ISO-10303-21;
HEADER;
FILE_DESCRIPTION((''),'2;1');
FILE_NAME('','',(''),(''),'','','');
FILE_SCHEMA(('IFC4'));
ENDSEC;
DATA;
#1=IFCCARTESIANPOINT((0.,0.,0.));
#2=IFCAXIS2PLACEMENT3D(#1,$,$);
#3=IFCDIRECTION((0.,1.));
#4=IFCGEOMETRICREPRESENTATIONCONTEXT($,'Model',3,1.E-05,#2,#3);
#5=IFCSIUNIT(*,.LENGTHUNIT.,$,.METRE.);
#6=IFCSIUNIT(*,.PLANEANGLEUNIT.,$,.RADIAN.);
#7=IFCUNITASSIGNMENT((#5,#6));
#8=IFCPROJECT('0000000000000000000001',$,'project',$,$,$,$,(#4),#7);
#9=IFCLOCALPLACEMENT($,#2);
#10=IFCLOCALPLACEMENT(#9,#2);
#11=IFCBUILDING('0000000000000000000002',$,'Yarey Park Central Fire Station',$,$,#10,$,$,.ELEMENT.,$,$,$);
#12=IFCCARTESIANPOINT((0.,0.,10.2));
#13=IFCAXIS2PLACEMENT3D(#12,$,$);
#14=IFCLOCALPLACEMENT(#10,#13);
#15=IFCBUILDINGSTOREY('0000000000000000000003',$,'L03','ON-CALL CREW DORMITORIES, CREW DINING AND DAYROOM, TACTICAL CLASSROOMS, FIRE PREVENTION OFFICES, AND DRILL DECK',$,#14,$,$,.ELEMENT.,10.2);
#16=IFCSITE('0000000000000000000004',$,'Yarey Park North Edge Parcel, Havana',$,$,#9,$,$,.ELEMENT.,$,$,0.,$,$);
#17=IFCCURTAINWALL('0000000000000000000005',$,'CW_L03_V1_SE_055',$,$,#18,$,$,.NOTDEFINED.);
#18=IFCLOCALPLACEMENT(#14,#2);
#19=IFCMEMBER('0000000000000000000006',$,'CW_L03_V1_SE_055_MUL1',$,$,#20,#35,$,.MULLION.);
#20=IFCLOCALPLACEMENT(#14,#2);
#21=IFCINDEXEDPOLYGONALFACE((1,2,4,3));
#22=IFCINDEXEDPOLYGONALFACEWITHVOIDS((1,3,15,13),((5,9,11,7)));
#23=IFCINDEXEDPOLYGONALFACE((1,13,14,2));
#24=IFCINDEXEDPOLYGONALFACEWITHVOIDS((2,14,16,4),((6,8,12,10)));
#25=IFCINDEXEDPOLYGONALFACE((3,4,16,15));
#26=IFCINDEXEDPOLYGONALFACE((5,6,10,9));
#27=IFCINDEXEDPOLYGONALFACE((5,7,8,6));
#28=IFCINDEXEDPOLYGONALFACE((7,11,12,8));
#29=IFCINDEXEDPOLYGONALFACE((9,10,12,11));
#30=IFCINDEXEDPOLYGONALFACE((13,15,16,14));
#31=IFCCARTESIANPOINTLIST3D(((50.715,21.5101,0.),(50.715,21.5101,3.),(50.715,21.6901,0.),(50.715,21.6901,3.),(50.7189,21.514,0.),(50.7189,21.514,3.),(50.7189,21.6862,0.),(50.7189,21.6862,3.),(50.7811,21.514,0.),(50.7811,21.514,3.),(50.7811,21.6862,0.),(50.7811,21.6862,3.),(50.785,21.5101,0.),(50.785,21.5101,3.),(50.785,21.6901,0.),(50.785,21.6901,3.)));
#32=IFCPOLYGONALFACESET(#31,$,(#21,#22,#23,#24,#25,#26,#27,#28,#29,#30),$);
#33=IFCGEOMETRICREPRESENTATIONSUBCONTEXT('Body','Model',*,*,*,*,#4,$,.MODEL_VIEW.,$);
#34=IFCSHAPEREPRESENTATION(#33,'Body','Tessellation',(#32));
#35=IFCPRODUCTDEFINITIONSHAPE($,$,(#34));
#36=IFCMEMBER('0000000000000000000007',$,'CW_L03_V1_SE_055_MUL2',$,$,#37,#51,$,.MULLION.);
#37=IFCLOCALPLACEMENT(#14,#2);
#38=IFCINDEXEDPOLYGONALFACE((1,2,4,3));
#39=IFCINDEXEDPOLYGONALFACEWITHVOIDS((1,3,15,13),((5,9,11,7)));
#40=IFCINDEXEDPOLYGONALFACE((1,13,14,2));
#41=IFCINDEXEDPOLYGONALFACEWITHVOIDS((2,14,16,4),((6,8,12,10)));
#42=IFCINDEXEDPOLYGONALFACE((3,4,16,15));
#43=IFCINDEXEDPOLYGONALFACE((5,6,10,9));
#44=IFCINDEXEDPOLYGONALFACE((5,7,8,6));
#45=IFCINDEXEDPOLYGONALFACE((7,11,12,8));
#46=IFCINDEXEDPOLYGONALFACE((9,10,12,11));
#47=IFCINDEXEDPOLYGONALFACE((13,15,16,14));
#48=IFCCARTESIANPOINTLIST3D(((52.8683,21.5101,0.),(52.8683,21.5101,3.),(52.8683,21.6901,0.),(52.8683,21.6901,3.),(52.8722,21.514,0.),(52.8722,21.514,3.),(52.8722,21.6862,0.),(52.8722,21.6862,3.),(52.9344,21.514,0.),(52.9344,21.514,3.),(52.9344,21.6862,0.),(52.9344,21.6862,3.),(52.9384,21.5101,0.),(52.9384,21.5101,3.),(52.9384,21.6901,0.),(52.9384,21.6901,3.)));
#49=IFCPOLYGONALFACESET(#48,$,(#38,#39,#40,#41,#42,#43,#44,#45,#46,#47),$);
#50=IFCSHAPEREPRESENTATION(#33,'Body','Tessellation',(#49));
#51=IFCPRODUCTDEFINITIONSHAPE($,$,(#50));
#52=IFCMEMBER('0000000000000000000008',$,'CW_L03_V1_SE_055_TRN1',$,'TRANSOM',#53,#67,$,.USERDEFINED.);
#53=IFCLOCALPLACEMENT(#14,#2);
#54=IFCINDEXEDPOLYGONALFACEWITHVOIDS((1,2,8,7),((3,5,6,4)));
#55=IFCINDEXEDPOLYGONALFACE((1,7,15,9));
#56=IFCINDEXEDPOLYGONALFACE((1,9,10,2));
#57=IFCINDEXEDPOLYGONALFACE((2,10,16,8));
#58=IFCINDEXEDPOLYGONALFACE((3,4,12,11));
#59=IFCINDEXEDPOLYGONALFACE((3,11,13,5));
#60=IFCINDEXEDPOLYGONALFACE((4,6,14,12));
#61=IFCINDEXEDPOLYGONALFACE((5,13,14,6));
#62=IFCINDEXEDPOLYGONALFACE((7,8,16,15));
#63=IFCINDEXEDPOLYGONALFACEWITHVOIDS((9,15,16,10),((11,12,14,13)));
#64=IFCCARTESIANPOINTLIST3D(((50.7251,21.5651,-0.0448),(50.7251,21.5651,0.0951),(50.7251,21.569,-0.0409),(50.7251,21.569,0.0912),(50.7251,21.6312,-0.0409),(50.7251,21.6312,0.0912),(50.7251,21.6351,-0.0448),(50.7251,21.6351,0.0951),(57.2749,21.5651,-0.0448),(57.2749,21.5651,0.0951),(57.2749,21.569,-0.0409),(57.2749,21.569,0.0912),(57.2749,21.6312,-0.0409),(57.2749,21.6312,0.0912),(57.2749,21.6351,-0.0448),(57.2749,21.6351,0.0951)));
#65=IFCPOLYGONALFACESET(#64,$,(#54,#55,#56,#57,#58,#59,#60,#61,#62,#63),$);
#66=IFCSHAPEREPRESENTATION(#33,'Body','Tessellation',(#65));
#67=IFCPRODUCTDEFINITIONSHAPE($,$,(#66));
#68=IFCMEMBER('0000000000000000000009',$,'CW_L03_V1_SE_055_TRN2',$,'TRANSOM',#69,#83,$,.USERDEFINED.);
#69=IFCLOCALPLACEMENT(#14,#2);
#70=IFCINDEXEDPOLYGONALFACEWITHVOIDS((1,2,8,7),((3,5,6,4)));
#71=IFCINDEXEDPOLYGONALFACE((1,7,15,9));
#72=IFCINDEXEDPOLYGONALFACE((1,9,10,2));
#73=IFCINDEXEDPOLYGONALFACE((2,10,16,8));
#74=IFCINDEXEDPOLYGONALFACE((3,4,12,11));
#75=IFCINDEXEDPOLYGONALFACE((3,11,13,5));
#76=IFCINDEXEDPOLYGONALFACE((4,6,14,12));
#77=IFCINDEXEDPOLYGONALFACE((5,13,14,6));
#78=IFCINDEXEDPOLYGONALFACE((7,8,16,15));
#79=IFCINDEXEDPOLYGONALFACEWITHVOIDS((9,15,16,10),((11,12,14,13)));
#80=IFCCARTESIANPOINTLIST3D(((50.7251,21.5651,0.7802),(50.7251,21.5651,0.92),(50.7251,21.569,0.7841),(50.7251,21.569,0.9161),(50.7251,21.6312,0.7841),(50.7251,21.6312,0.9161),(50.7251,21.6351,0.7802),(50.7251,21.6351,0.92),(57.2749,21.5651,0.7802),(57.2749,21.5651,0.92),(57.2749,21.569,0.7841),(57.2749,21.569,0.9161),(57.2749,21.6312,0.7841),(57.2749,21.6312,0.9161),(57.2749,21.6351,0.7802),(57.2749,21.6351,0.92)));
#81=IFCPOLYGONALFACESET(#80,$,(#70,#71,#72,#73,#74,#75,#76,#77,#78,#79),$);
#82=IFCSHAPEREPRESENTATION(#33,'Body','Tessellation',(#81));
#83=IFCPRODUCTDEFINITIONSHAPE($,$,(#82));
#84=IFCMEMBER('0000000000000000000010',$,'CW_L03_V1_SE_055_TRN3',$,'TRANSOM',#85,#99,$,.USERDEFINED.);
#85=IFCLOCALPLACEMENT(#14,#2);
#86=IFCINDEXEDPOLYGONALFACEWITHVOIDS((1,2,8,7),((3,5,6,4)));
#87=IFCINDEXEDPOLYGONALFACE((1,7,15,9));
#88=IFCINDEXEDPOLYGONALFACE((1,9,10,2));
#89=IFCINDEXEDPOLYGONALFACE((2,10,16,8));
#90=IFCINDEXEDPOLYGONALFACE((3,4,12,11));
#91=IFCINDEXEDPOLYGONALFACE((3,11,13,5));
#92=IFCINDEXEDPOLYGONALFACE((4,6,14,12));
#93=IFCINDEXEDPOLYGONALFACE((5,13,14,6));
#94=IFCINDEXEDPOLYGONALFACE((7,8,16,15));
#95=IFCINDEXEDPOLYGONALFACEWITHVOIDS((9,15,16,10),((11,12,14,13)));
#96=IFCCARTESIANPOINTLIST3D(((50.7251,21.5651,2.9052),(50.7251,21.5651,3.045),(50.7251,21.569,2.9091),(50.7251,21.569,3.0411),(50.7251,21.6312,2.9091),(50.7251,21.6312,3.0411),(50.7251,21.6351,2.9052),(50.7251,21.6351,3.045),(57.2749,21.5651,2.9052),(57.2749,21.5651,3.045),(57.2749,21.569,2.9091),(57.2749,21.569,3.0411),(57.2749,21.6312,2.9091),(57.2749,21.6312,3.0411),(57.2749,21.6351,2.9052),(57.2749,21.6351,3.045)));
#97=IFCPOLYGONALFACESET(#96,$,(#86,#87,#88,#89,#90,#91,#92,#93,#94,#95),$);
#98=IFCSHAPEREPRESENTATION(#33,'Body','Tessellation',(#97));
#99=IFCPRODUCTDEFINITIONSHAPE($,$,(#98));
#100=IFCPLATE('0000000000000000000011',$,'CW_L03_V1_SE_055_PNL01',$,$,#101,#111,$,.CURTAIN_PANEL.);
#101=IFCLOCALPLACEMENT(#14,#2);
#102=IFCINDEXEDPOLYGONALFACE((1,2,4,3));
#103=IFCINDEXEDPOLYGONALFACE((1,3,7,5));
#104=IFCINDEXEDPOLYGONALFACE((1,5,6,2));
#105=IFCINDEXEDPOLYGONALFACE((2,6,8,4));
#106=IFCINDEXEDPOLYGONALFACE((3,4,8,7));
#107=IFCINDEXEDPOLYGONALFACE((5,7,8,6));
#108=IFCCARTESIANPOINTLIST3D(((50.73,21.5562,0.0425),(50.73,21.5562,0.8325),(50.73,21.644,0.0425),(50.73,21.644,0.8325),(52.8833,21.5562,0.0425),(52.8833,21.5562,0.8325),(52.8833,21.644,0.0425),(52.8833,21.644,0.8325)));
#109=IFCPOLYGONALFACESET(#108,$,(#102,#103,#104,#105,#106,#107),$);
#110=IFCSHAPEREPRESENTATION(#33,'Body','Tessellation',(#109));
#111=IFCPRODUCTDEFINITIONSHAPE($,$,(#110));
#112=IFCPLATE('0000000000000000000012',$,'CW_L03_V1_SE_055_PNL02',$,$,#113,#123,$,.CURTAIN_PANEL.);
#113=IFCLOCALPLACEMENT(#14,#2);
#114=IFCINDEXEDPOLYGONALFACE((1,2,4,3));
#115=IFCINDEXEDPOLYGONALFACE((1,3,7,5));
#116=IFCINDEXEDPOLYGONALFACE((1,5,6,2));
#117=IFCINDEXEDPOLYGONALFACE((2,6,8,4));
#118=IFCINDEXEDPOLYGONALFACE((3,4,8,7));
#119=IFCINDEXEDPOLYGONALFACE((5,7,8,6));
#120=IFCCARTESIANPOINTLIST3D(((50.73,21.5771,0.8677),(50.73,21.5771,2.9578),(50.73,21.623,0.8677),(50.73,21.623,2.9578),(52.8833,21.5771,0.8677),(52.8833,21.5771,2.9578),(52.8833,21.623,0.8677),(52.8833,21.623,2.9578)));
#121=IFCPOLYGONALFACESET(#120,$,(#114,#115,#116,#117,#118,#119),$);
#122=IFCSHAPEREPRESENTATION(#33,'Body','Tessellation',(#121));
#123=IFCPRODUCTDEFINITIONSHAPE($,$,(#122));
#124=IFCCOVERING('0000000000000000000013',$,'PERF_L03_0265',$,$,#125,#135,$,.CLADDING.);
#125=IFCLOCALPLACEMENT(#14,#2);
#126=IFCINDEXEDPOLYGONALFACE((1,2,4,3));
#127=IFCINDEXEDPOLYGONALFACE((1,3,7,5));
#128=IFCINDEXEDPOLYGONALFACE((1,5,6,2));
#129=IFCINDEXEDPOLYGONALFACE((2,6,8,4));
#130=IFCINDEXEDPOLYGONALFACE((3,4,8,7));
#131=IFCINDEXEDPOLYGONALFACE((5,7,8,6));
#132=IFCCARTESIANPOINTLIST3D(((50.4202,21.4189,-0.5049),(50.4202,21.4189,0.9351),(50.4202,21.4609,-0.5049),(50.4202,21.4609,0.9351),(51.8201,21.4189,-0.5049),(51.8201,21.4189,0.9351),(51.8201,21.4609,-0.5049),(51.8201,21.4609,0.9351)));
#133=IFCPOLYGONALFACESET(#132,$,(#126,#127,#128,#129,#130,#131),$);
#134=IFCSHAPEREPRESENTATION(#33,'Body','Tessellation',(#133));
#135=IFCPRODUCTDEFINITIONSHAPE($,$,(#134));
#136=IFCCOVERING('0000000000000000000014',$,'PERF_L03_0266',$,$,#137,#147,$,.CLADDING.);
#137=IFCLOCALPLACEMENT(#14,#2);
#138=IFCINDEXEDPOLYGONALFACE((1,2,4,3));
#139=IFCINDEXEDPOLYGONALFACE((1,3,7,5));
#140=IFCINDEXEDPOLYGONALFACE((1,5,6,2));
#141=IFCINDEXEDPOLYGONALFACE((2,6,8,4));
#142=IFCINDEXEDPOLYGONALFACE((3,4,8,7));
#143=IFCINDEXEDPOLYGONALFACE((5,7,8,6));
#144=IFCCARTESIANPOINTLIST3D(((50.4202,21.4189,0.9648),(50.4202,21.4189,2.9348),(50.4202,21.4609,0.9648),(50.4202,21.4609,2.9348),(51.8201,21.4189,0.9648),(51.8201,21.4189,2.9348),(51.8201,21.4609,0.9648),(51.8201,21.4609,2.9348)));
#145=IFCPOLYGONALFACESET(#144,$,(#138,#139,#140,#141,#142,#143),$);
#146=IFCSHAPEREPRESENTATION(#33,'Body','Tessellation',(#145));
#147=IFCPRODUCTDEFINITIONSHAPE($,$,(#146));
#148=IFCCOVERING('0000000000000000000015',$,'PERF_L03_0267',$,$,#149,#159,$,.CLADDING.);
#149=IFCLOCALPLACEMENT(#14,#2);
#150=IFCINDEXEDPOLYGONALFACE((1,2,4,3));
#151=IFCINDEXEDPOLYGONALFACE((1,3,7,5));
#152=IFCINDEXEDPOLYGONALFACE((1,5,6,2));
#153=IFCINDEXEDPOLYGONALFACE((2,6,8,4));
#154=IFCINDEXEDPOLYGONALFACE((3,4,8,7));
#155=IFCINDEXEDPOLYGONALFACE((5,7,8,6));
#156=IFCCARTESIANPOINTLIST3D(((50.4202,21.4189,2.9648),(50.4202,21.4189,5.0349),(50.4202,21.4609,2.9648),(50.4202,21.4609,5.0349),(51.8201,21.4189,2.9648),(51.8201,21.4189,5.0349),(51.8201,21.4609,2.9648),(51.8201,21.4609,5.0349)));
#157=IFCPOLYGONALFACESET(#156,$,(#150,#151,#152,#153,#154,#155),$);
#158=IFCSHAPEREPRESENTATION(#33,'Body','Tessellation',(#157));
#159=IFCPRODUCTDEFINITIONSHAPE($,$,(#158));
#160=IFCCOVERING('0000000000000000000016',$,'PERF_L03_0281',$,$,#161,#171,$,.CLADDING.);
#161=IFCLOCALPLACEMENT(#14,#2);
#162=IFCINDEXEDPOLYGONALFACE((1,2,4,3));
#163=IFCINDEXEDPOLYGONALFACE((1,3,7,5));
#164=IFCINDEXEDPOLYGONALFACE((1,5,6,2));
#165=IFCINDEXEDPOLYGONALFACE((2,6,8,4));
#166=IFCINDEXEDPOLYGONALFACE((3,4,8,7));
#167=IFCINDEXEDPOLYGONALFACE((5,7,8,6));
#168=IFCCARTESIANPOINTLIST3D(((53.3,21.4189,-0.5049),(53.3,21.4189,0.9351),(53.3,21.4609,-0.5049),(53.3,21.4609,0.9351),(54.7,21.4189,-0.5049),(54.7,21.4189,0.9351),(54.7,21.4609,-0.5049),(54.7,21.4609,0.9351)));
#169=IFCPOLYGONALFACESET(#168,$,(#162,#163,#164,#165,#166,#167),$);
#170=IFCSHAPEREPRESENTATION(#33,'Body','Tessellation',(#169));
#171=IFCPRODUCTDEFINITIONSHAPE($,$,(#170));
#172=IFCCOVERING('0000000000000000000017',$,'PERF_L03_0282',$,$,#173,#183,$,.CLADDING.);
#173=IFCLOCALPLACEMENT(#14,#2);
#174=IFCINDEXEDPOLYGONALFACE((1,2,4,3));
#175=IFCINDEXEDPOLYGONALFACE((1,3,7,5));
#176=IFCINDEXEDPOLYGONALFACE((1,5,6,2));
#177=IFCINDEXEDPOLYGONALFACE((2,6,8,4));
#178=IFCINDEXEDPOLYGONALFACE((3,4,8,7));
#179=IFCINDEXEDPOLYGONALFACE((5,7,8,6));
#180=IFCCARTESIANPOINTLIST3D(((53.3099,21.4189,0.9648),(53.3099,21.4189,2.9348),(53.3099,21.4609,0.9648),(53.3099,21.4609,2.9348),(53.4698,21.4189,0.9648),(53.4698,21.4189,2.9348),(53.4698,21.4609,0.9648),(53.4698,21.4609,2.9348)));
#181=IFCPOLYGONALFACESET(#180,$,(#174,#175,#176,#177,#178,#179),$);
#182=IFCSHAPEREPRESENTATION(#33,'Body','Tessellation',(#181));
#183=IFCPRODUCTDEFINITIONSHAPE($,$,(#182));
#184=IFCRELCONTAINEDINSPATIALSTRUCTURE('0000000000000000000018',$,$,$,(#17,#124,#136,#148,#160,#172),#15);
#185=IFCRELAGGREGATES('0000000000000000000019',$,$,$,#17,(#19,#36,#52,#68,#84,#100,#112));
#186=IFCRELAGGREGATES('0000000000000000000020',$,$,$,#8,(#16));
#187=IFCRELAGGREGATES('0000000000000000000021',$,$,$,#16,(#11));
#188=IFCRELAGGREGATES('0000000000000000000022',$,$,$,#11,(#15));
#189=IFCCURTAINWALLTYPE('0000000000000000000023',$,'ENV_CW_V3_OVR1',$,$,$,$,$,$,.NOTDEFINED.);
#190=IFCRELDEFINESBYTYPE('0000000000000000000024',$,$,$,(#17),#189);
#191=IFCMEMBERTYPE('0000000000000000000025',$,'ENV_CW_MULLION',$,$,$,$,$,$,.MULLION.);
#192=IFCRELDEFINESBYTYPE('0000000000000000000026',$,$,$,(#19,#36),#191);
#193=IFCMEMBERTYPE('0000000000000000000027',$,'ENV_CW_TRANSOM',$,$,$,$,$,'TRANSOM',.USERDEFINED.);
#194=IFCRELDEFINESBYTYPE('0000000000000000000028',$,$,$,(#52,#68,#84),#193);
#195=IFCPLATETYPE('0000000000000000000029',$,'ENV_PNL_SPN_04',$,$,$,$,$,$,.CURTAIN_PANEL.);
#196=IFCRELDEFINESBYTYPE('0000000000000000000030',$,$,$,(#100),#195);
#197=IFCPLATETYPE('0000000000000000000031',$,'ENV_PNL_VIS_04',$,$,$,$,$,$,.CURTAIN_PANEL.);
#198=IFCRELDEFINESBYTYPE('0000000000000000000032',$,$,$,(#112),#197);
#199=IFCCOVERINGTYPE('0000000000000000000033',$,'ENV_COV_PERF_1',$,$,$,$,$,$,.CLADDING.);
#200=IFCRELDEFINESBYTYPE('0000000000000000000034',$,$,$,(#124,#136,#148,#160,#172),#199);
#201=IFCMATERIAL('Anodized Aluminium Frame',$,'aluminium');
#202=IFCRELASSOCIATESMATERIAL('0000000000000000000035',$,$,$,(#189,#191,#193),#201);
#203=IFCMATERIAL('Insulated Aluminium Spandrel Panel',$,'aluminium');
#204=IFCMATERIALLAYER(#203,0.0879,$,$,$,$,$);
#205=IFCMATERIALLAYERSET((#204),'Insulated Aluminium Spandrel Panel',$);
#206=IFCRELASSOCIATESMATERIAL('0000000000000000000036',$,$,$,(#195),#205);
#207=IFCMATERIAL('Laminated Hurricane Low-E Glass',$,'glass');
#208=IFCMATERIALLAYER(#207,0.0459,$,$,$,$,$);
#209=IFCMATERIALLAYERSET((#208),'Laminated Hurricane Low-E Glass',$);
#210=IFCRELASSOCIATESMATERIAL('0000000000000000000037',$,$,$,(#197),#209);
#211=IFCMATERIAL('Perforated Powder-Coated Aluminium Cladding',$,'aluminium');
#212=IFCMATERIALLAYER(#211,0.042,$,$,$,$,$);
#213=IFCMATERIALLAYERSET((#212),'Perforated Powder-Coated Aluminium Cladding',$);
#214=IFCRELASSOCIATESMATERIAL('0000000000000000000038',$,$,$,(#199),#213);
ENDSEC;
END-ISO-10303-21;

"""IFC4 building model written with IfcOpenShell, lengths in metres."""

from ifc_helpers import new_model, si_unit, direction, frame, origin, origin_2d, place, context, subcontext, project, spatial, rectangle, hollow_rectangle, extrude, material, layer, layer_set, material_profile, profile_set, type_object, element, aggregate, save


model = new_model("IFC4")

# Units and contexts
model_context = context("Model", 3, precision=1e-05, world=origin(), true_north=direction((0.0, 1.0)))
body_context = subcontext(model_context, "Body", "Model", "MODEL_VIEW")
ifc_project = project(units=[si_unit("LENGTHUNIT", "METRE"), si_unit("PLANEANGLEUNIT", "RADIAN")], contexts=[model_context])

# Site, building, storey
site_placement = place(None, origin())
site = spatial("IfcSite", under=ifc_project, at=site_placement, Name="Yarey Park North Edge Parcel, Havana", CompositionType="ELEMENT", RefElevation=0.0)
building_placement = place(site_placement, origin())
building = spatial("IfcBuilding", under=site, at=building_placement, Name="Yarey Park Central Fire Station", CompositionType="ELEMENT")
storey_placement = place(building_placement, frame((0.0, 0.0, 10.2)))
storey = spatial("IfcBuildingStorey", under=building, at=storey_placement, Name="L03", Description="ON-CALL CREW DORMITORIES, CREW DINING AND DAYROOM, TACTICAL CLASSROOMS, FIRE PREVENTION OFFICES, AND DRILL DECK", CompositionType="ELEMENT", Elevation=10.2)

# Curtain wall, members, plates
ifc_material_1 = material(Name="Anodized Aluminium Frame", Category="aluminium")
curtain_wall_type = type_object("IfcCurtainWallType", Name="ENV_CW_V3_OVR1", PredefinedType="NOTDEFINED", material=ifc_material_1)
curtain_wall_placement = place(storey_placement, origin())
curtain_wall = element("IfcCurtainWall", 1, at=curtain_wall_placement, inside=storey, type_object=curtain_wall_type, Name="CW_L03_V1_SE_055", PredefinedType="NOTDEFINED")
ifc_material_profile_1 = material_profile(ifc_material_1, hollow_rectangle(XDim=0.0701, YDim=0.1799, WallThickness=0.0039, at=origin_2d()), Name="ALU 180x70x4")
ifc_profile_set_1 = profile_set([ifc_material_profile_1], Name="Anodized Aluminium Frame")
member_type_1 = type_object("IfcMemberType", Name="ENV_CW_MULLION", PredefinedType="MULLION", material=ifc_profile_set_1)
member_1_placement = place(storey_placement, frame((50.75, 21.6001, 0.0), z_axis=(0.0, 0.0, 1.0), x_axis=(1.0, 0.0, 0.0)))
member_1 = element("IfcMember", 2, at=member_1_placement, type_object=member_type_1, Name="CW_L03_V1_SE_055_MUL1", PredefinedType="MULLION", context=body_context, shape_type="SweptSolid", body=[
    extrude(hollow_rectangle(XDim=0.0701, YDim=0.1799, WallThickness=0.0039, at=origin_2d()), origin(), (0.0, 0.0, 1.0), 3.0),
])
member_2_placement = place(storey_placement, frame((52.9033, 21.6001, 0.0), z_axis=(0.0, 0.0, 1.0), x_axis=(1.0, 0.0, 0.0)))
member_2 = element("IfcMember", 3, at=member_2_placement, type_object=member_type_1, Name="CW_L03_V1_SE_055_MUL2", PredefinedType="MULLION", context=body_context, shape_type="SweptSolid", body=[
    extrude(hollow_rectangle(XDim=0.0701, YDim=0.1799, WallThickness=0.0039, at=origin_2d()), origin(), (0.0, 0.0, 1.0), 3.0),
])
ifc_material_profile_2 = material_profile(ifc_material_1, hollow_rectangle(XDim=0.0701, YDim=0.1399, WallThickness=0.0039, at=origin_2d()), Name="ALU 140x70x4")
ifc_profile_set_2 = profile_set([ifc_material_profile_2], Name="Anodized Aluminium Frame")
member_type_2 = type_object("IfcMemberType", Name="ENV_CW_TRANSOM", ElementType="TRANSOM", PredefinedType="USERDEFINED", material=ifc_profile_set_2)
member_3_placement = place(storey_placement, frame((50.7251, 21.6001, 0.0251), z_axis=(1.0, 0.0, 0.0), x_axis=(0.0, 1.0, 0.0)))
member_3 = element("IfcMember", 4, at=member_3_placement, type_object=member_type_2, Name="CW_L03_V1_SE_055_TRN1", ObjectType="TRANSOM", PredefinedType="USERDEFINED", context=body_context, shape_type="SweptSolid", body=[
    extrude(hollow_rectangle(XDim=0.0701, YDim=0.1399, WallThickness=0.0039, at=origin_2d()), origin(), (0.0, 0.0, 1.0), 6.5498),
])
member_4_placement = place(storey_placement, frame((50.7251, 21.6001, 0.8501), z_axis=(1.0, 0.0, 0.0), x_axis=(0.0, 1.0, 0.0)))
member_4 = element("IfcMember", 5, at=member_4_placement, type_object=member_type_2, Name="CW_L03_V1_SE_055_TRN2", ObjectType="TRANSOM", PredefinedType="USERDEFINED", context=body_context, shape_type="SweptSolid", body=[
    extrude(hollow_rectangle(XDim=0.0701, YDim=0.1399, WallThickness=0.0039, at=origin_2d()), origin(), (0.0, 0.0, 1.0), 6.5498),
])
member_5_placement = place(storey_placement, frame((50.7251, 21.6001, 2.9751), z_axis=(1.0, 0.0, 0.0), x_axis=(0.0, 1.0, 0.0)))
member_5 = element("IfcMember", 6, at=member_5_placement, type_object=member_type_2, Name="CW_L03_V1_SE_055_TRN3", ObjectType="TRANSOM", PredefinedType="USERDEFINED", context=body_context, shape_type="SweptSolid", body=[
    extrude(hollow_rectangle(XDim=0.0701, YDim=0.1399, WallThickness=0.0039, at=origin_2d()), origin(), (0.0, 0.0, 1.0), 6.5498),
])
ifc_material_2 = material(Name="Insulated Aluminium Spandrel Panel", Category="aluminium")
ifc_layer_1 = layer(ifc_material_2, 0.0879)
ifc_layer_set_1 = layer_set([ifc_layer_1], Name="Insulated Aluminium Spandrel Panel")
plate_type_1 = type_object("IfcPlateType", Name="ENV_PNL_SPN_04", PredefinedType="CURTAIN_PANEL", material=ifc_layer_set_1)
plate_1_placement = place(storey_placement, frame((51.8066, 21.6001, 0.0425), z_axis=(0.0, 0.0, 1.0), x_axis=(1.0, 0.0, 0.0)))
plate_1 = element("IfcPlate", 7, at=plate_1_placement, type_object=plate_type_1, Name="CW_L03_V1_SE_055_PNL01", PredefinedType="CURTAIN_PANEL", context=body_context, shape_type="SweptSolid", body=[
    extrude(rectangle(XDim=2.1533, YDim=0.0879, at=origin_2d()), origin(), (0.0, 0.0, 1.0), 0.79),
])
ifc_material_3 = material(Name="Laminated Hurricane Low-E Glass", Category="glass")
ifc_layer_2 = layer(ifc_material_3, 0.0459)
ifc_layer_set_2 = layer_set([ifc_layer_2], Name="Laminated Hurricane Low-E Glass")
plate_type_2 = type_object("IfcPlateType", Name="ENV_PNL_VIS_04", PredefinedType="CURTAIN_PANEL", material=ifc_layer_set_2)
plate_2_placement = place(storey_placement, frame((51.8066, 21.6001, 0.8677), z_axis=(0.0, 0.0, 1.0), x_axis=(1.0, 0.0, 0.0)))
plate_2 = element("IfcPlate", 8, at=plate_2_placement, type_object=plate_type_2, Name="CW_L03_V1_SE_055_PNL02", PredefinedType="CURTAIN_PANEL", context=body_context, shape_type="SweptSolid", body=[
    extrude(rectangle(XDim=2.1533, YDim=0.0459, at=origin_2d()), origin(), (0.0, 0.0, 1.0), 2.0901),
])
aggregate(curtain_wall, [member_1, member_2, member_3, member_4, member_5, plate_1, plate_2])

# Coverings
ifc_material_4 = material(Name="Perforated Powder-Coated Aluminium Cladding", Category="aluminium")
ifc_layer_3 = layer(ifc_material_4, 0.042)
ifc_layer_set_3 = layer_set([ifc_layer_3], Name="Perforated Powder-Coated Aluminium Cladding")
covering_type_1 = type_object("IfcCoveringType", Name="ENV_COV_PERF_1", PredefinedType="CLADDING", material=ifc_layer_set_3)
covering_1_placement = place(storey_placement, frame((51.1201, 21.4399, -0.5049), z_axis=(0.0, 0.0, 1.0), x_axis=(1.0, 0.0, 0.0)))
element("IfcCovering", 9, at=covering_1_placement, inside=storey, type_object=covering_type_1, Name="PERF_L03_0265", PredefinedType="CLADDING", context=body_context, shape_type="SweptSolid", body=[
    extrude(rectangle(XDim=1.3999, YDim=0.042, at=origin_2d()), origin(), (0.0, 0.0, 1.0), 1.4399),
])
covering_2_placement = place(storey_placement, frame((51.1201, 21.4399, 0.9648), z_axis=(0.0, 0.0, 1.0), x_axis=(1.0, 0.0, 0.0)))
element("IfcCovering", 10, at=covering_2_placement, inside=storey, type_object=covering_type_1, Name="PERF_L03_0266", PredefinedType="CLADDING", context=body_context, shape_type="SweptSolid", body=[
    extrude(rectangle(XDim=1.3999, YDim=0.042, at=origin_2d()), origin(), (0.0, 0.0, 1.0), 1.97),
])
covering_3_placement = place(storey_placement, frame((51.1201, 21.4399, 2.9648), z_axis=(0.0, 0.0, 1.0), x_axis=(1.0, 0.0, 0.0)))
element("IfcCovering", 11, at=covering_3_placement, inside=storey, type_object=covering_type_1, Name="PERF_L03_0267", PredefinedType="CLADDING", context=body_context, shape_type="SweptSolid", body=[
    extrude(rectangle(XDim=1.3999, YDim=0.042, at=origin_2d()), origin(), (0.0, 0.0, 1.0), 2.0701),
])
covering_4_placement = place(storey_placement, frame((54.0, 21.4399, -0.5049), z_axis=(0.0, 0.0, 1.0), x_axis=(1.0, 0.0, 0.0)))
element("IfcCovering", 12, at=covering_4_placement, inside=storey, type_object=covering_type_1, Name="PERF_L03_0281", PredefinedType="CLADDING", context=body_context, shape_type="SweptSolid", body=[
    extrude(rectangle(XDim=1.3999, YDim=0.042, at=origin_2d()), origin(), (0.0, 0.0, 1.0), 1.4399),
])
covering_5_placement = place(storey_placement, frame((53.3899, 21.4399, 0.9648), z_axis=(0.0, 0.0, 1.0), x_axis=(1.0, 0.0, 0.0)))
element("IfcCovering", 13, at=covering_5_placement, inside=storey, type_object=covering_type_1, Name="PERF_L03_0282", PredefinedType="CLADDING", context=body_context, shape_type="SweptSolid", body=[
    extrude(rectangle(XDim=0.1599, YDim=0.042, at=origin_2d()), origin(), (0.0, 0.0, 1.0), 1.97),
])

save(model, "model.ifc")
